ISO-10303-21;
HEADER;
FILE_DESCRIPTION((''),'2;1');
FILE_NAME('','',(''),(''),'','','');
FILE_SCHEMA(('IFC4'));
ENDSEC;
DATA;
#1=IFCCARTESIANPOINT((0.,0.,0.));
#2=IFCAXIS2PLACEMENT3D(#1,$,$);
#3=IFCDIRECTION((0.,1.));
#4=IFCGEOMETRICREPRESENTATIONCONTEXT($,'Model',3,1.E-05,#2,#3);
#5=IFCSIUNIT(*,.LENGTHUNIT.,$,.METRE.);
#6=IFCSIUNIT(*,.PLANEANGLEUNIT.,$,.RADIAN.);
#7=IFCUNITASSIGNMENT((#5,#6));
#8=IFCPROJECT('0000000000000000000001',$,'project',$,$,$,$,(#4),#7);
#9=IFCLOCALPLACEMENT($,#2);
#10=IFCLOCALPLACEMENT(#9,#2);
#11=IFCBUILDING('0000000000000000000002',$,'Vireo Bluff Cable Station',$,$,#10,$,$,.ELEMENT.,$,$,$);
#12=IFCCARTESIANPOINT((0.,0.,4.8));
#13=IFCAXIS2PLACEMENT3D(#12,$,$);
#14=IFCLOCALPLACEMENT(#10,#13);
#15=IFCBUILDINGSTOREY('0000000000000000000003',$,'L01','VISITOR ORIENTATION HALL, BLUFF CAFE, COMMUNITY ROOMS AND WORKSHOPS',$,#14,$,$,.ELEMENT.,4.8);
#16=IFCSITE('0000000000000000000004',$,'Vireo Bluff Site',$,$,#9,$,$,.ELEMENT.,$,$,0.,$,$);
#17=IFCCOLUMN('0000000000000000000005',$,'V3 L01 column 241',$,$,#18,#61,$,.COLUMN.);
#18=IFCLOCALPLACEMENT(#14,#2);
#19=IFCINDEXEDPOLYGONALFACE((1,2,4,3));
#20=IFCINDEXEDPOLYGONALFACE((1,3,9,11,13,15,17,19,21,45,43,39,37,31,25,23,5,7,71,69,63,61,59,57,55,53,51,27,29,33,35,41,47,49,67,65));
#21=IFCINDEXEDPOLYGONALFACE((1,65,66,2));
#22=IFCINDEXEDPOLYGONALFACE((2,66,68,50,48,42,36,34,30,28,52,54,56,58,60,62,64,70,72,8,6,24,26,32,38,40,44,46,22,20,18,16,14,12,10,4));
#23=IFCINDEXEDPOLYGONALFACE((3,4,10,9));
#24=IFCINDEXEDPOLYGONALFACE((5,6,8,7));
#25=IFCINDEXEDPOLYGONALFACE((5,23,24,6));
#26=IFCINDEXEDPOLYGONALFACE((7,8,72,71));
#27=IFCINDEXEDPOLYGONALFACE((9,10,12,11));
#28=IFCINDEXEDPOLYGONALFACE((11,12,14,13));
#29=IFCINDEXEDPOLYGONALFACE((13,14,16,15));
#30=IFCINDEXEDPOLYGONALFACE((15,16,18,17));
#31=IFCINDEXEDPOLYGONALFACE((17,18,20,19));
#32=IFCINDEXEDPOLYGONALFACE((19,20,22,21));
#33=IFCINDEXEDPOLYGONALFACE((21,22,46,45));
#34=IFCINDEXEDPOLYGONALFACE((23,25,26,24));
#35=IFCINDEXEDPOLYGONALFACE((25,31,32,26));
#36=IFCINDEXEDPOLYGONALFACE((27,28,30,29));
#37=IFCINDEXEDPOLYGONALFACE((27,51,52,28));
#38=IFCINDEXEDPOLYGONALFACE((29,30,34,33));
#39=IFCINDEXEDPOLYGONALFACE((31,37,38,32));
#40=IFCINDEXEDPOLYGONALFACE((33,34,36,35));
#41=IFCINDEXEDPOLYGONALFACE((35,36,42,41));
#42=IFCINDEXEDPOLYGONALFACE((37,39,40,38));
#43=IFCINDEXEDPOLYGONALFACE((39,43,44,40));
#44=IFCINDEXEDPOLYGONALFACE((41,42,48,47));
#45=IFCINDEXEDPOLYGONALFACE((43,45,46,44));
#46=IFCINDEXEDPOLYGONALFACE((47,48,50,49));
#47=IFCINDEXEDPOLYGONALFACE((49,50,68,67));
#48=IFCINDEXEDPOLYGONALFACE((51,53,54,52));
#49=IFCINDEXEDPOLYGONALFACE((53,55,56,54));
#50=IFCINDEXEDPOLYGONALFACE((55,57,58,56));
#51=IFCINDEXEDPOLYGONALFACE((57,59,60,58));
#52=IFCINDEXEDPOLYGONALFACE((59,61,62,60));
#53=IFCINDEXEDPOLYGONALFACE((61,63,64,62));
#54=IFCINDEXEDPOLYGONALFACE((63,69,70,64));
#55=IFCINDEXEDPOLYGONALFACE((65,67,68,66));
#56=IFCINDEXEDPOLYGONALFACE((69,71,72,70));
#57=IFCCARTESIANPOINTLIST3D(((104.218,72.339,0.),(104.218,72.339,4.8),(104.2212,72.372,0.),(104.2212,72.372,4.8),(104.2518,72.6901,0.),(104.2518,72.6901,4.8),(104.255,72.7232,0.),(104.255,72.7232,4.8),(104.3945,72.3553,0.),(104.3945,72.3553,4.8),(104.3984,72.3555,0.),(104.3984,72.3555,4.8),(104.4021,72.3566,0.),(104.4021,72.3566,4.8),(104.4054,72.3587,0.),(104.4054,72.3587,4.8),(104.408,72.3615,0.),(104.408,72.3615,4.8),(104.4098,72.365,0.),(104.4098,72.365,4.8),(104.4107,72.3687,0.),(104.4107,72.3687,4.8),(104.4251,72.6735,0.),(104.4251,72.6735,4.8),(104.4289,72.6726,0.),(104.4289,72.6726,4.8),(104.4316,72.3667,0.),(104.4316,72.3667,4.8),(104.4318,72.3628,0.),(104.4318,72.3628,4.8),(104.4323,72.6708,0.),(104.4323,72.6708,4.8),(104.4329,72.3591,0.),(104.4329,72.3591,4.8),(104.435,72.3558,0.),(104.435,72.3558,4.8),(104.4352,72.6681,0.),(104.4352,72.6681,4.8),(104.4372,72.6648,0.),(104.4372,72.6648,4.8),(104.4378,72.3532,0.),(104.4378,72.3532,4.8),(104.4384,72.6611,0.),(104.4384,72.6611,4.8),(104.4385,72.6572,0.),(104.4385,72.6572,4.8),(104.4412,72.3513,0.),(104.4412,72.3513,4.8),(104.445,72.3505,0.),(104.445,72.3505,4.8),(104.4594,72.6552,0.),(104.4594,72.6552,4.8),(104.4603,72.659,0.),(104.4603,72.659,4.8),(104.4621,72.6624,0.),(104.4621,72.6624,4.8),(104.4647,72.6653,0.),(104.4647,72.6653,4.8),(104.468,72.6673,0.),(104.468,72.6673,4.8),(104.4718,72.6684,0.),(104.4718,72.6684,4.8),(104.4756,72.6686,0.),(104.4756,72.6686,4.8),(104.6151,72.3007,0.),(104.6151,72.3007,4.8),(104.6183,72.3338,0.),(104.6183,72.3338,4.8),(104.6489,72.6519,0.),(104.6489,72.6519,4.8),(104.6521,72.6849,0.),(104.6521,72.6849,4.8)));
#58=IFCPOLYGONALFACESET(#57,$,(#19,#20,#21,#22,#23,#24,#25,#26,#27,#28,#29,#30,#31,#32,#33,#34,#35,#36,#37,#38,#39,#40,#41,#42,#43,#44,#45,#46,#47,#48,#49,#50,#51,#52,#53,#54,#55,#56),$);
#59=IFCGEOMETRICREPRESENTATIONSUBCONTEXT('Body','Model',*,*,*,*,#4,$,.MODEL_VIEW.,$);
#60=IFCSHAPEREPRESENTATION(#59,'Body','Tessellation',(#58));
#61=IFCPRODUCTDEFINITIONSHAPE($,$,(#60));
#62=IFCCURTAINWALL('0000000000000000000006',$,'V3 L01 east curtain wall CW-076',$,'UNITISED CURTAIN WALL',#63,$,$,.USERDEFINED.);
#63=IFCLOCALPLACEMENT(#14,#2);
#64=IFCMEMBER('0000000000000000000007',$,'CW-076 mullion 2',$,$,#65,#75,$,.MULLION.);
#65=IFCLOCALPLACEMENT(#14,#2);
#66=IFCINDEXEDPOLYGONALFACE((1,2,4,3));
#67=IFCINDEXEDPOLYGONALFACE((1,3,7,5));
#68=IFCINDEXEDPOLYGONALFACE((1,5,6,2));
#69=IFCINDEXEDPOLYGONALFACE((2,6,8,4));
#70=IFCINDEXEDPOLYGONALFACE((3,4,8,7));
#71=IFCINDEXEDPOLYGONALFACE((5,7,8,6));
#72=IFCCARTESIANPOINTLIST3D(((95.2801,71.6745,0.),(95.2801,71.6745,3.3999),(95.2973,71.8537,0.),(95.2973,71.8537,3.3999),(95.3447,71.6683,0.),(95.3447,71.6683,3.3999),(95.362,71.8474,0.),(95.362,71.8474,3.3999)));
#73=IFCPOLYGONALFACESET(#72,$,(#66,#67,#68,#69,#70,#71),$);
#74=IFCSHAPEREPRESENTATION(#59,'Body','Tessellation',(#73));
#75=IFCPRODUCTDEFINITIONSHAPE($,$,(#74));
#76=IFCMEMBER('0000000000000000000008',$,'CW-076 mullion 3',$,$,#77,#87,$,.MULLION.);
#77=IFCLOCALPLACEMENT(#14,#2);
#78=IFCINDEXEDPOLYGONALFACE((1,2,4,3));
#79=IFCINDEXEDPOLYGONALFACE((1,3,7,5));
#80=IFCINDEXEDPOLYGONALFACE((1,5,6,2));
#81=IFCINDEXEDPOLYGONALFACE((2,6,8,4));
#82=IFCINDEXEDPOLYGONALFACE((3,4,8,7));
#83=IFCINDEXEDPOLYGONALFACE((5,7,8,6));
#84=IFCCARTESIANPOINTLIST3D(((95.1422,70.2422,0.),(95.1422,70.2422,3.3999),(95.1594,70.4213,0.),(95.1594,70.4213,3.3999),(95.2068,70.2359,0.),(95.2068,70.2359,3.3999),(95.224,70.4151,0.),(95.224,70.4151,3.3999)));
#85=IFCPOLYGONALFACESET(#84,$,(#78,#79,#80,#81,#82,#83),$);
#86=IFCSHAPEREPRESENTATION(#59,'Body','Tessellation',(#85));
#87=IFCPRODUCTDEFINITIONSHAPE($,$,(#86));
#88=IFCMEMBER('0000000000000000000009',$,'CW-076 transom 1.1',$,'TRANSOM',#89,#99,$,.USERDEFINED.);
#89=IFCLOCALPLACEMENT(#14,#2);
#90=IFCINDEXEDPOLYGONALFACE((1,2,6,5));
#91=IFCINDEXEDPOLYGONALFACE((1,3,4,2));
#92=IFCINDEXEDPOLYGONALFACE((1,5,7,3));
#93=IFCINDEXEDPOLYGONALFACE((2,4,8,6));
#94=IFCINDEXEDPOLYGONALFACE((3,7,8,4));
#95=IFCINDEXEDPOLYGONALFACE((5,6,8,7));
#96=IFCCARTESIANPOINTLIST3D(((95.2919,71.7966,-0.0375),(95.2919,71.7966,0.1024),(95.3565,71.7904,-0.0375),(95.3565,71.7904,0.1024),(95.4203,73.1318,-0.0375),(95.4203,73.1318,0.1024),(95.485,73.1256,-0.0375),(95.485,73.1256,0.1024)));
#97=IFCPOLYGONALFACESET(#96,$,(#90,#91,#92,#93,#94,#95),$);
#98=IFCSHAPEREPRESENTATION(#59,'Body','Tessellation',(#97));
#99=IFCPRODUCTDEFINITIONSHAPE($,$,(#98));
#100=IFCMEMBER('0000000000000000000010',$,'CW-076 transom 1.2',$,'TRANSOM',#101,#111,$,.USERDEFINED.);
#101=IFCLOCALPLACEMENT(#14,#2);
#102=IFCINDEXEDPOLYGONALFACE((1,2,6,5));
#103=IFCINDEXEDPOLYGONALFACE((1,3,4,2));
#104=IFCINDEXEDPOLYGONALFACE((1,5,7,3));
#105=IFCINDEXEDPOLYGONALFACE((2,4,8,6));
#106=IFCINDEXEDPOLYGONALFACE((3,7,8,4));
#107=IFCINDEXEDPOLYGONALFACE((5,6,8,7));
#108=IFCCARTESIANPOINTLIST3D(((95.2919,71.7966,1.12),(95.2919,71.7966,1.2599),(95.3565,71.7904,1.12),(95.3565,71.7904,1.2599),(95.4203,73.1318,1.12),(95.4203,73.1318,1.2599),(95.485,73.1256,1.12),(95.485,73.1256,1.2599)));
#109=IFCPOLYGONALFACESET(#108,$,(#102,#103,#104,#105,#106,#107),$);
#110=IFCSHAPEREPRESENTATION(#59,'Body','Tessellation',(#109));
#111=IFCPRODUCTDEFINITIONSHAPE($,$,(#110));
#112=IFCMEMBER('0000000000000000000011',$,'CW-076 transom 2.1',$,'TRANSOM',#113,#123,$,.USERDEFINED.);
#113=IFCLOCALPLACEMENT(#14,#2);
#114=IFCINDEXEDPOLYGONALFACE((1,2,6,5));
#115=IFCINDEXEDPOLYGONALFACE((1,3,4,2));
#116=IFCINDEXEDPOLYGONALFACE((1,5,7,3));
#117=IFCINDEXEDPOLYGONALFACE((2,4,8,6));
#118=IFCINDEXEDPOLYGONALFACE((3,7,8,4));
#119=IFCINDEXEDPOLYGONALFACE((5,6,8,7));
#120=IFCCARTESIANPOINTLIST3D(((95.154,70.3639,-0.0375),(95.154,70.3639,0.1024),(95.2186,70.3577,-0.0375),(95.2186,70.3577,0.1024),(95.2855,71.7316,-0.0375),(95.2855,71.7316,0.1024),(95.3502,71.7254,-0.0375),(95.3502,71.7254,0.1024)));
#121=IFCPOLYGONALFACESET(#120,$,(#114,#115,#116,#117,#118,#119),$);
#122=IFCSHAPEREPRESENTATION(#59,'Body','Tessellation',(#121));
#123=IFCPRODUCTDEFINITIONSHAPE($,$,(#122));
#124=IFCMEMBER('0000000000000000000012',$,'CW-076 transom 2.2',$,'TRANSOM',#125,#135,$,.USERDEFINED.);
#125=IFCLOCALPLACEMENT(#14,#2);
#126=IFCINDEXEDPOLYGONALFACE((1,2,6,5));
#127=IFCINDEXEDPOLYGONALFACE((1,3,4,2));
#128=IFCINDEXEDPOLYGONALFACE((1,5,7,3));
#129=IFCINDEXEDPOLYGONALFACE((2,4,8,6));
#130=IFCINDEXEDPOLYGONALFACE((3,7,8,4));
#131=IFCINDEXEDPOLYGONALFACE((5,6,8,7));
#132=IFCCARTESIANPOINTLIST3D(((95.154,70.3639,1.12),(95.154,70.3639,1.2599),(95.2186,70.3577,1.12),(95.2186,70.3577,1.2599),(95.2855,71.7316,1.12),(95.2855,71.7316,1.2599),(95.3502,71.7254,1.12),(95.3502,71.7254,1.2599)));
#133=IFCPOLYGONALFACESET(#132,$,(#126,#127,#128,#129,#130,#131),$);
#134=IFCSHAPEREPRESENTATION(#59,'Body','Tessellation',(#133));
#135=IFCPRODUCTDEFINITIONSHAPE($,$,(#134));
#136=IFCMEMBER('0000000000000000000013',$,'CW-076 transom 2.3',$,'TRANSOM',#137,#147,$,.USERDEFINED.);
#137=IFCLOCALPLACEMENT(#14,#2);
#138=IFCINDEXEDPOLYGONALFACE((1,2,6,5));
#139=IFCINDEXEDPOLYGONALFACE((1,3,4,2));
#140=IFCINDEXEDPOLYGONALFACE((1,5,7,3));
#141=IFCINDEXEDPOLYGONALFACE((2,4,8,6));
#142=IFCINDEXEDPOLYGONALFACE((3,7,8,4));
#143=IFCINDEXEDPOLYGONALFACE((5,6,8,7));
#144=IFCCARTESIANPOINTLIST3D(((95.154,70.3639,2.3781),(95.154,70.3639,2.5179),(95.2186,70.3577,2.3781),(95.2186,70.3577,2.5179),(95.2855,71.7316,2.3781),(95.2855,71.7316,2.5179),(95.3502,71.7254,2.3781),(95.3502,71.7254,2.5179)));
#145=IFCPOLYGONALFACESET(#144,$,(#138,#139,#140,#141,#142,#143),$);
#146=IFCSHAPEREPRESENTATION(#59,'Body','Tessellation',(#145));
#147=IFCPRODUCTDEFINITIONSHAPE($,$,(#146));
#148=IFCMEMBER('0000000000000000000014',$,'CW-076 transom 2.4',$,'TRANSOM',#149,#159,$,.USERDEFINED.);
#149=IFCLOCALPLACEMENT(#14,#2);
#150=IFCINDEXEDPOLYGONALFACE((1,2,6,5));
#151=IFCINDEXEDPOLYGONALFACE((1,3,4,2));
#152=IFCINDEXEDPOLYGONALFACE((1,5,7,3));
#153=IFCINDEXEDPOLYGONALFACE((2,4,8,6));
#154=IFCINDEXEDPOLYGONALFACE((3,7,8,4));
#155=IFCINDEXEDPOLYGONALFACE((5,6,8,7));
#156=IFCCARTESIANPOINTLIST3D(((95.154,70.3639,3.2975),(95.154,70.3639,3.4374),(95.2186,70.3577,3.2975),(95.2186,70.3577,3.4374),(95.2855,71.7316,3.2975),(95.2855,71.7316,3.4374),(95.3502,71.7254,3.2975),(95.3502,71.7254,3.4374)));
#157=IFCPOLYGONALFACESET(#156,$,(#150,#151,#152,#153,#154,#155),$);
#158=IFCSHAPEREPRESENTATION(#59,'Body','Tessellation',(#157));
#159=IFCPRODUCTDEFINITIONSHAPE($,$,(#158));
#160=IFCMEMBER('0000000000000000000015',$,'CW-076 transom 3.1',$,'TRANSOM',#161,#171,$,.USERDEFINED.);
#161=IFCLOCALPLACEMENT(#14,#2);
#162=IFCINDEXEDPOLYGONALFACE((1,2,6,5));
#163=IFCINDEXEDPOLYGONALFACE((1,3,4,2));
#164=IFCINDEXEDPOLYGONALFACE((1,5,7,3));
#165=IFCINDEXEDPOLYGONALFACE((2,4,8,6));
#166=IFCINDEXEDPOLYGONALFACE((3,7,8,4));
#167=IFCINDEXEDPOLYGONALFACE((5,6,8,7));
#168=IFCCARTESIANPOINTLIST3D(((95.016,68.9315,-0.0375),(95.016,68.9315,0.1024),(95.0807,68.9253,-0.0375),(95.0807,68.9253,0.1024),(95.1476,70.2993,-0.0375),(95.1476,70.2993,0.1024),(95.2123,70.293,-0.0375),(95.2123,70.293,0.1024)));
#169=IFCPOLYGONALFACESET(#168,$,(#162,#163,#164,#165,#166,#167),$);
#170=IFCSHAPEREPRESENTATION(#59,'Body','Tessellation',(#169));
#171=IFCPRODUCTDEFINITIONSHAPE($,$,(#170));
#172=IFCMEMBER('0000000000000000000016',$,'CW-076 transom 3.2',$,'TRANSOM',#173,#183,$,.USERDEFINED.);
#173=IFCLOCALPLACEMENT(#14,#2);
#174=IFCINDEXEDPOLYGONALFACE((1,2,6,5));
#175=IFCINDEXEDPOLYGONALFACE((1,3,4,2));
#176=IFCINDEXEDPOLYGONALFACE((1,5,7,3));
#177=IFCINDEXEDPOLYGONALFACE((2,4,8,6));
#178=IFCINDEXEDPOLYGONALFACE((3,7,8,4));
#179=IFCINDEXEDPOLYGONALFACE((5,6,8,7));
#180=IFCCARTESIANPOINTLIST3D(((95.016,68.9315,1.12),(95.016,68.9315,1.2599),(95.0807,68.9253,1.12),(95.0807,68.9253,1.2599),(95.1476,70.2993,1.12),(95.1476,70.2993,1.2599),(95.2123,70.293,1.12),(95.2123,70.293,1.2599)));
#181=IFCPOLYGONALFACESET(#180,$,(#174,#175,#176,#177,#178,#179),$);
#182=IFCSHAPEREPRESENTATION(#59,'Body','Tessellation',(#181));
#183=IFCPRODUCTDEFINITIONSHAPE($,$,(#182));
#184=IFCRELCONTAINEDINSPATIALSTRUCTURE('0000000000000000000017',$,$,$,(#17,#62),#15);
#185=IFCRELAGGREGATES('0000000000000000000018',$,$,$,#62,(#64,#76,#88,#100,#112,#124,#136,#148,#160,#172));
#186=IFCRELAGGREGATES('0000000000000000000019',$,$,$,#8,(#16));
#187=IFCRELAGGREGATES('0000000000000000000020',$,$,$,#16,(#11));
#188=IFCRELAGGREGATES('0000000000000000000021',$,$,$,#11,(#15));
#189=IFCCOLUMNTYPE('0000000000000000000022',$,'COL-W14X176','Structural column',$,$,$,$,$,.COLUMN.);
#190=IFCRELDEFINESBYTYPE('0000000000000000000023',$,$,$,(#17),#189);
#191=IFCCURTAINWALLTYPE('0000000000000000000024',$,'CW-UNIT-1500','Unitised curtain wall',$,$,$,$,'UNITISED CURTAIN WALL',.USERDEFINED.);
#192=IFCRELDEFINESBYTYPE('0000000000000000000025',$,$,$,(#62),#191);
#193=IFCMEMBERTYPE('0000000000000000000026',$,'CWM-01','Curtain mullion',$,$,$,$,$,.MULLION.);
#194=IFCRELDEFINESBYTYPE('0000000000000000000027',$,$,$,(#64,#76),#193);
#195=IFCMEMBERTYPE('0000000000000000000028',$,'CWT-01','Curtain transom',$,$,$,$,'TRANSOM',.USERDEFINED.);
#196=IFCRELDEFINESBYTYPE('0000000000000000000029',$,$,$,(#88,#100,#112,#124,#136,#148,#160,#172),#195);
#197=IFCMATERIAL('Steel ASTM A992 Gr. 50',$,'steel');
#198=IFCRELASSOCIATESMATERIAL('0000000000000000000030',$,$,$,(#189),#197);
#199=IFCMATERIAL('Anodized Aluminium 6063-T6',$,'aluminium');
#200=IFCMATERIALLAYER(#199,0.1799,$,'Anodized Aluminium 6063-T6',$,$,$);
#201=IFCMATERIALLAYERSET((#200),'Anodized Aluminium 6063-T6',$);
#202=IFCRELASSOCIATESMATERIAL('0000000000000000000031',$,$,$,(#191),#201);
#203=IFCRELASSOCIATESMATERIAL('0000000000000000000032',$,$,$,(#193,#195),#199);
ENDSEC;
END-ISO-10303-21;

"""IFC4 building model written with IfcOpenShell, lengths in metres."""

from ifc_helpers import new_model, si_unit, direction, frame, origin, origin_2d, place, context, subcontext, project, spatial, rectangle, i_section, extrude, material, layer, layer_set, material_profile, profile_set, type_object, element, aggregate, save


model = new_model("IFC4")

# Units and contexts
model_context = context("Model", 3, precision=1e-05, world=origin(), true_north=direction((0.0, 1.0)))
body_context = subcontext(model_context, "Body", "Model", "MODEL_VIEW")
ifc_project = project(units=[si_unit("LENGTHUNIT", "METRE"), si_unit("PLANEANGLEUNIT", "RADIAN")], contexts=[model_context])

# Site, building, storey
site_placement = place(None, origin())
site = spatial("IfcSite", under=ifc_project, at=site_placement, Name="Vireo Bluff Site", CompositionType="ELEMENT", RefElevation=0.0)
building_placement = place(site_placement, origin())
building = spatial("IfcBuilding", under=site, at=building_placement, Name="Vireo Bluff Cable Station", CompositionType="ELEMENT")
storey_placement = place(building_placement, frame((0.0, 0.0, 4.8)))
storey = spatial("IfcBuildingStorey", under=building, at=storey_placement, Name="L01", Description="VISITOR ORIENTATION HALL, BLUFF CAFE, COMMUNITY ROOMS AND WORKSHOPS", CompositionType="ELEMENT", Elevation=4.8)

# Column
ifc_material_1 = material(Name="Steel ASTM A992 Gr. 50", Category="steel")
ifc_material_profile_1 = material_profile(ifc_material_1, i_section(OverallWidth=0.3989, OverallDepth=0.386, WebThickness=0.021, FlangeThickness=0.0332, FilletRadius=0.0149, at=origin_2d()), Name="W14X176")
ifc_profile_set_1 = profile_set([ifc_material_profile_1], Name="Steel ASTM A992 Gr. 50")
column_type = type_object("IfcColumnType", Name="COL-W14X176", Description="Structural column", PredefinedType="COLUMN", material=ifc_profile_set_1)
column_placement = place(storey_placement, frame((104.4351, 72.512, 0.0), z_axis=(0.0, 0.0, 1.0), x_axis=(0.995396, -0.095846, 0.0)))
element("IfcColumn", 1, at=column_placement, inside=storey, type_object=column_type, Name="V3 L01 column 241", PredefinedType="COLUMN", context=body_context, shape_type="SweptSolid", body=[
    extrude(i_section(OverallWidth=0.3989, OverallDepth=0.386, WebThickness=0.021, FlangeThickness=0.0332, FilletRadius=0.0149, at=origin_2d()), origin(), (0.0, 0.0, 1.0), 4.8),
])

# Curtain wall, members
ifc_material_2 = material(Name="Anodized Aluminium 6063-T6", Category="aluminium")
ifc_layer_1 = layer(ifc_material_2, 0.1799, Name="Anodized Aluminium 6063-T6")
ifc_layer_set_1 = layer_set([ifc_layer_1], Name="Anodized Aluminium 6063-T6")
curtain_wall_type = type_object("IfcCurtainWallType", Name="CW-UNIT-1500", Description="Unitised curtain wall", ElementType="UNITISED CURTAIN WALL", PredefinedType="USERDEFINED", material=ifc_layer_set_1)
curtain_wall_placement = place(storey_placement, origin())
curtain_wall = element("IfcCurtainWall", 2, at=curtain_wall_placement, inside=storey, type_object=curtain_wall_type, Name="V3 L01 east curtain wall CW-076", ObjectType="UNITISED CURTAIN WALL", PredefinedType="USERDEFINED")
ifc_material_profile_2 = material_profile(ifc_material_2, rectangle(XDim=0.0649, YDim=0.1799, at=origin_2d()), Name="ALU-M-65X180")
ifc_profile_set_2 = profile_set([ifc_material_profile_2], Name="Anodized Aluminium 6063-T6")
member_type_1 = type_object("IfcMemberType", Name="CWM-01", Description="Curtain mullion", PredefinedType="MULLION", material=ifc_profile_set_2)
member_1_placement = place(storey_placement, frame((95.321, 71.761, 0.0), z_axis=(0.0, 0.0, 1.0), x_axis=(0.995396, -0.095846, 0.0)))
member_1 = element("IfcMember", 3, at=member_1_placement, type_object=member_type_1, Name="CW-076 mullion 2", PredefinedType="MULLION", context=body_context, shape_type="SweptSolid", body=[
    extrude(rectangle(XDim=0.0649, YDim=0.1799, at=origin_2d()), origin(), (0.0, 0.0, 1.0), 3.3999),
])
member_2_placement = place(storey_placement, frame((95.1831, 70.3286, 0.0), z_axis=(0.0, 0.0, 1.0), x_axis=(0.995396, -0.095846, 0.0)))
member_2 = element("IfcMember", 4, at=member_2_placement, type_object=member_type_1, Name="CW-076 mullion 3", PredefinedType="MULLION", context=body_context, shape_type="SweptSolid", body=[
    extrude(rectangle(XDim=0.0649, YDim=0.1799, at=origin_2d()), origin(), (0.0, 0.0, 1.0), 3.3999),
])
ifc_material_profile_3 = material_profile(ifc_material_2, rectangle(XDim=0.0649, YDim=0.1399, at=origin_2d()), Name="ALU-T-65X140")
ifc_profile_set_3 = profile_set([ifc_material_profile_3], Name="Anodized Aluminium 6063-T6")
member_type_2 = type_object("IfcMemberType", Name="CWT-01", Description="Curtain transom", ElementType="TRANSOM", PredefinedType="USERDEFINED", material=ifc_profile_set_3)
member_3_placement = place(storey_placement, frame((95.4526, 73.1287, 0.0325), z_axis=(-0.095737, -0.995407, 0.0), x_axis=(0.995407, -0.095737, 0.0)))
member_3 = element("IfcMember", 5, at=member_3_placement, type_object=member_type_2, Name="CW-076 transom 1.1", ObjectType="TRANSOM", PredefinedType="USERDEFINED", context=body_context, shape_type="SweptSolid", body=[
    extrude(rectangle(XDim=0.0649, YDim=0.1399, at=origin_2d()), origin(), (0.0, 0.0, 1.0), 1.3413),
])
member_4_placement = place(storey_placement, frame((95.4526, 73.1287, 1.1899), z_axis=(-0.095737, -0.995407, 0.0), x_axis=(0.995407, -0.095737, 0.0)))
member_4 = element("IfcMember", 6, at=member_4_placement, type_object=member_type_2, Name="CW-076 transom 1.2", ObjectType="TRANSOM", PredefinedType="USERDEFINED", context=body_context, shape_type="SweptSolid", body=[
    extrude(rectangle(XDim=0.0649, YDim=0.1399, at=origin_2d()), origin(), (0.0, 0.0, 1.0), 1.3413),
])
member_5_placement = place(storey_placement, frame((95.3179, 71.7285, 0.0325), z_axis=(-0.095773, -0.995403, 0.0), x_axis=(0.995403, -0.095773, 0.0)))
member_5 = element("IfcMember", 7, at=member_5_placement, type_object=member_type_2, Name="CW-076 transom 2.1", ObjectType="TRANSOM", PredefinedType="USERDEFINED", context=body_context, shape_type="SweptSolid", body=[
    extrude(rectangle(XDim=0.0649, YDim=0.1399, at=origin_2d()), origin(), (0.0, 0.0, 1.0), 1.374),
])
member_6_placement = place(storey_placement, frame((95.3179, 71.7285, 1.1899), z_axis=(-0.095773, -0.995403, 0.0), x_axis=(0.995403, -0.095773, 0.0)))
member_6 = element("IfcMember", 8, at=member_6_placement, type_object=member_type_2, Name="CW-076 transom 2.2", ObjectType="TRANSOM", PredefinedType="USERDEFINED", context=body_context, shape_type="SweptSolid", body=[
    extrude(rectangle(XDim=0.0649, YDim=0.1399, at=origin_2d()), origin(), (0.0, 0.0, 1.0), 1.374),
])
member_7_placement = place(storey_placement, frame((95.3179, 71.7285, 2.448), z_axis=(-0.095773, -0.995403, 0.0), x_axis=(0.995403, -0.095773, 0.0)))
member_7 = element("IfcMember", 9, at=member_7_placement, type_object=member_type_2, Name="CW-076 transom 2.3", ObjectType="TRANSOM", PredefinedType="USERDEFINED", context=body_context, shape_type="SweptSolid", body=[
    extrude(rectangle(XDim=0.0649, YDim=0.1399, at=origin_2d()), origin(), (0.0, 0.0, 1.0), 1.374),
])
member_8_placement = place(storey_placement, frame((95.3179, 71.7285, 3.3674), z_axis=(-0.095773, -0.995403, 0.0), x_axis=(0.995403, -0.095773, 0.0)))
member_8 = element("IfcMember", 10, at=member_8_placement, type_object=member_type_2, Name="CW-076 transom 2.4", ObjectType="TRANSOM", PredefinedType="USERDEFINED", context=body_context, shape_type="SweptSolid", body=[
    extrude(rectangle(XDim=0.0649, YDim=0.1399, at=origin_2d()), origin(), (0.0, 0.0, 1.0), 1.374),
])
member_9_placement = place(storey_placement, frame((95.1799, 70.2961, 0.0325), z_axis=(-0.095773, -0.995403, 0.0), x_axis=(0.995403, -0.095773, 0.0)))
member_9 = element("IfcMember", 11, at=member_9_placement, type_object=member_type_2, Name="CW-076 transom 3.1", ObjectType="TRANSOM", PredefinedType="USERDEFINED", context=body_context, shape_type="SweptSolid", body=[
    extrude(rectangle(XDim=0.0649, YDim=0.1399, at=origin_2d()), origin(), (0.0, 0.0, 1.0), 1.374),
])
member_10_placement = place(storey_placement, frame((95.1799, 70.2961, 1.1899), z_axis=(-0.095773, -0.995403, 0.0), x_axis=(0.995403, -0.095773, 0.0)))
member_10 = element("IfcMember", 12, at=member_10_placement, type_object=member_type_2, Name="CW-076 transom 3.2", ObjectType="TRANSOM", PredefinedType="USERDEFINED", context=body_context, shape_type="SweptSolid", body=[
    extrude(rectangle(XDim=0.0649, YDim=0.1399, at=origin_2d()), origin(), (0.0, 0.0, 1.0), 1.374),
])

aggregate(curtain_wall, [member_1, member_2, member_3, member_4, member_5, member_6, member_7, member_8, member_9, member_10])

save(model, "model.ifc")
